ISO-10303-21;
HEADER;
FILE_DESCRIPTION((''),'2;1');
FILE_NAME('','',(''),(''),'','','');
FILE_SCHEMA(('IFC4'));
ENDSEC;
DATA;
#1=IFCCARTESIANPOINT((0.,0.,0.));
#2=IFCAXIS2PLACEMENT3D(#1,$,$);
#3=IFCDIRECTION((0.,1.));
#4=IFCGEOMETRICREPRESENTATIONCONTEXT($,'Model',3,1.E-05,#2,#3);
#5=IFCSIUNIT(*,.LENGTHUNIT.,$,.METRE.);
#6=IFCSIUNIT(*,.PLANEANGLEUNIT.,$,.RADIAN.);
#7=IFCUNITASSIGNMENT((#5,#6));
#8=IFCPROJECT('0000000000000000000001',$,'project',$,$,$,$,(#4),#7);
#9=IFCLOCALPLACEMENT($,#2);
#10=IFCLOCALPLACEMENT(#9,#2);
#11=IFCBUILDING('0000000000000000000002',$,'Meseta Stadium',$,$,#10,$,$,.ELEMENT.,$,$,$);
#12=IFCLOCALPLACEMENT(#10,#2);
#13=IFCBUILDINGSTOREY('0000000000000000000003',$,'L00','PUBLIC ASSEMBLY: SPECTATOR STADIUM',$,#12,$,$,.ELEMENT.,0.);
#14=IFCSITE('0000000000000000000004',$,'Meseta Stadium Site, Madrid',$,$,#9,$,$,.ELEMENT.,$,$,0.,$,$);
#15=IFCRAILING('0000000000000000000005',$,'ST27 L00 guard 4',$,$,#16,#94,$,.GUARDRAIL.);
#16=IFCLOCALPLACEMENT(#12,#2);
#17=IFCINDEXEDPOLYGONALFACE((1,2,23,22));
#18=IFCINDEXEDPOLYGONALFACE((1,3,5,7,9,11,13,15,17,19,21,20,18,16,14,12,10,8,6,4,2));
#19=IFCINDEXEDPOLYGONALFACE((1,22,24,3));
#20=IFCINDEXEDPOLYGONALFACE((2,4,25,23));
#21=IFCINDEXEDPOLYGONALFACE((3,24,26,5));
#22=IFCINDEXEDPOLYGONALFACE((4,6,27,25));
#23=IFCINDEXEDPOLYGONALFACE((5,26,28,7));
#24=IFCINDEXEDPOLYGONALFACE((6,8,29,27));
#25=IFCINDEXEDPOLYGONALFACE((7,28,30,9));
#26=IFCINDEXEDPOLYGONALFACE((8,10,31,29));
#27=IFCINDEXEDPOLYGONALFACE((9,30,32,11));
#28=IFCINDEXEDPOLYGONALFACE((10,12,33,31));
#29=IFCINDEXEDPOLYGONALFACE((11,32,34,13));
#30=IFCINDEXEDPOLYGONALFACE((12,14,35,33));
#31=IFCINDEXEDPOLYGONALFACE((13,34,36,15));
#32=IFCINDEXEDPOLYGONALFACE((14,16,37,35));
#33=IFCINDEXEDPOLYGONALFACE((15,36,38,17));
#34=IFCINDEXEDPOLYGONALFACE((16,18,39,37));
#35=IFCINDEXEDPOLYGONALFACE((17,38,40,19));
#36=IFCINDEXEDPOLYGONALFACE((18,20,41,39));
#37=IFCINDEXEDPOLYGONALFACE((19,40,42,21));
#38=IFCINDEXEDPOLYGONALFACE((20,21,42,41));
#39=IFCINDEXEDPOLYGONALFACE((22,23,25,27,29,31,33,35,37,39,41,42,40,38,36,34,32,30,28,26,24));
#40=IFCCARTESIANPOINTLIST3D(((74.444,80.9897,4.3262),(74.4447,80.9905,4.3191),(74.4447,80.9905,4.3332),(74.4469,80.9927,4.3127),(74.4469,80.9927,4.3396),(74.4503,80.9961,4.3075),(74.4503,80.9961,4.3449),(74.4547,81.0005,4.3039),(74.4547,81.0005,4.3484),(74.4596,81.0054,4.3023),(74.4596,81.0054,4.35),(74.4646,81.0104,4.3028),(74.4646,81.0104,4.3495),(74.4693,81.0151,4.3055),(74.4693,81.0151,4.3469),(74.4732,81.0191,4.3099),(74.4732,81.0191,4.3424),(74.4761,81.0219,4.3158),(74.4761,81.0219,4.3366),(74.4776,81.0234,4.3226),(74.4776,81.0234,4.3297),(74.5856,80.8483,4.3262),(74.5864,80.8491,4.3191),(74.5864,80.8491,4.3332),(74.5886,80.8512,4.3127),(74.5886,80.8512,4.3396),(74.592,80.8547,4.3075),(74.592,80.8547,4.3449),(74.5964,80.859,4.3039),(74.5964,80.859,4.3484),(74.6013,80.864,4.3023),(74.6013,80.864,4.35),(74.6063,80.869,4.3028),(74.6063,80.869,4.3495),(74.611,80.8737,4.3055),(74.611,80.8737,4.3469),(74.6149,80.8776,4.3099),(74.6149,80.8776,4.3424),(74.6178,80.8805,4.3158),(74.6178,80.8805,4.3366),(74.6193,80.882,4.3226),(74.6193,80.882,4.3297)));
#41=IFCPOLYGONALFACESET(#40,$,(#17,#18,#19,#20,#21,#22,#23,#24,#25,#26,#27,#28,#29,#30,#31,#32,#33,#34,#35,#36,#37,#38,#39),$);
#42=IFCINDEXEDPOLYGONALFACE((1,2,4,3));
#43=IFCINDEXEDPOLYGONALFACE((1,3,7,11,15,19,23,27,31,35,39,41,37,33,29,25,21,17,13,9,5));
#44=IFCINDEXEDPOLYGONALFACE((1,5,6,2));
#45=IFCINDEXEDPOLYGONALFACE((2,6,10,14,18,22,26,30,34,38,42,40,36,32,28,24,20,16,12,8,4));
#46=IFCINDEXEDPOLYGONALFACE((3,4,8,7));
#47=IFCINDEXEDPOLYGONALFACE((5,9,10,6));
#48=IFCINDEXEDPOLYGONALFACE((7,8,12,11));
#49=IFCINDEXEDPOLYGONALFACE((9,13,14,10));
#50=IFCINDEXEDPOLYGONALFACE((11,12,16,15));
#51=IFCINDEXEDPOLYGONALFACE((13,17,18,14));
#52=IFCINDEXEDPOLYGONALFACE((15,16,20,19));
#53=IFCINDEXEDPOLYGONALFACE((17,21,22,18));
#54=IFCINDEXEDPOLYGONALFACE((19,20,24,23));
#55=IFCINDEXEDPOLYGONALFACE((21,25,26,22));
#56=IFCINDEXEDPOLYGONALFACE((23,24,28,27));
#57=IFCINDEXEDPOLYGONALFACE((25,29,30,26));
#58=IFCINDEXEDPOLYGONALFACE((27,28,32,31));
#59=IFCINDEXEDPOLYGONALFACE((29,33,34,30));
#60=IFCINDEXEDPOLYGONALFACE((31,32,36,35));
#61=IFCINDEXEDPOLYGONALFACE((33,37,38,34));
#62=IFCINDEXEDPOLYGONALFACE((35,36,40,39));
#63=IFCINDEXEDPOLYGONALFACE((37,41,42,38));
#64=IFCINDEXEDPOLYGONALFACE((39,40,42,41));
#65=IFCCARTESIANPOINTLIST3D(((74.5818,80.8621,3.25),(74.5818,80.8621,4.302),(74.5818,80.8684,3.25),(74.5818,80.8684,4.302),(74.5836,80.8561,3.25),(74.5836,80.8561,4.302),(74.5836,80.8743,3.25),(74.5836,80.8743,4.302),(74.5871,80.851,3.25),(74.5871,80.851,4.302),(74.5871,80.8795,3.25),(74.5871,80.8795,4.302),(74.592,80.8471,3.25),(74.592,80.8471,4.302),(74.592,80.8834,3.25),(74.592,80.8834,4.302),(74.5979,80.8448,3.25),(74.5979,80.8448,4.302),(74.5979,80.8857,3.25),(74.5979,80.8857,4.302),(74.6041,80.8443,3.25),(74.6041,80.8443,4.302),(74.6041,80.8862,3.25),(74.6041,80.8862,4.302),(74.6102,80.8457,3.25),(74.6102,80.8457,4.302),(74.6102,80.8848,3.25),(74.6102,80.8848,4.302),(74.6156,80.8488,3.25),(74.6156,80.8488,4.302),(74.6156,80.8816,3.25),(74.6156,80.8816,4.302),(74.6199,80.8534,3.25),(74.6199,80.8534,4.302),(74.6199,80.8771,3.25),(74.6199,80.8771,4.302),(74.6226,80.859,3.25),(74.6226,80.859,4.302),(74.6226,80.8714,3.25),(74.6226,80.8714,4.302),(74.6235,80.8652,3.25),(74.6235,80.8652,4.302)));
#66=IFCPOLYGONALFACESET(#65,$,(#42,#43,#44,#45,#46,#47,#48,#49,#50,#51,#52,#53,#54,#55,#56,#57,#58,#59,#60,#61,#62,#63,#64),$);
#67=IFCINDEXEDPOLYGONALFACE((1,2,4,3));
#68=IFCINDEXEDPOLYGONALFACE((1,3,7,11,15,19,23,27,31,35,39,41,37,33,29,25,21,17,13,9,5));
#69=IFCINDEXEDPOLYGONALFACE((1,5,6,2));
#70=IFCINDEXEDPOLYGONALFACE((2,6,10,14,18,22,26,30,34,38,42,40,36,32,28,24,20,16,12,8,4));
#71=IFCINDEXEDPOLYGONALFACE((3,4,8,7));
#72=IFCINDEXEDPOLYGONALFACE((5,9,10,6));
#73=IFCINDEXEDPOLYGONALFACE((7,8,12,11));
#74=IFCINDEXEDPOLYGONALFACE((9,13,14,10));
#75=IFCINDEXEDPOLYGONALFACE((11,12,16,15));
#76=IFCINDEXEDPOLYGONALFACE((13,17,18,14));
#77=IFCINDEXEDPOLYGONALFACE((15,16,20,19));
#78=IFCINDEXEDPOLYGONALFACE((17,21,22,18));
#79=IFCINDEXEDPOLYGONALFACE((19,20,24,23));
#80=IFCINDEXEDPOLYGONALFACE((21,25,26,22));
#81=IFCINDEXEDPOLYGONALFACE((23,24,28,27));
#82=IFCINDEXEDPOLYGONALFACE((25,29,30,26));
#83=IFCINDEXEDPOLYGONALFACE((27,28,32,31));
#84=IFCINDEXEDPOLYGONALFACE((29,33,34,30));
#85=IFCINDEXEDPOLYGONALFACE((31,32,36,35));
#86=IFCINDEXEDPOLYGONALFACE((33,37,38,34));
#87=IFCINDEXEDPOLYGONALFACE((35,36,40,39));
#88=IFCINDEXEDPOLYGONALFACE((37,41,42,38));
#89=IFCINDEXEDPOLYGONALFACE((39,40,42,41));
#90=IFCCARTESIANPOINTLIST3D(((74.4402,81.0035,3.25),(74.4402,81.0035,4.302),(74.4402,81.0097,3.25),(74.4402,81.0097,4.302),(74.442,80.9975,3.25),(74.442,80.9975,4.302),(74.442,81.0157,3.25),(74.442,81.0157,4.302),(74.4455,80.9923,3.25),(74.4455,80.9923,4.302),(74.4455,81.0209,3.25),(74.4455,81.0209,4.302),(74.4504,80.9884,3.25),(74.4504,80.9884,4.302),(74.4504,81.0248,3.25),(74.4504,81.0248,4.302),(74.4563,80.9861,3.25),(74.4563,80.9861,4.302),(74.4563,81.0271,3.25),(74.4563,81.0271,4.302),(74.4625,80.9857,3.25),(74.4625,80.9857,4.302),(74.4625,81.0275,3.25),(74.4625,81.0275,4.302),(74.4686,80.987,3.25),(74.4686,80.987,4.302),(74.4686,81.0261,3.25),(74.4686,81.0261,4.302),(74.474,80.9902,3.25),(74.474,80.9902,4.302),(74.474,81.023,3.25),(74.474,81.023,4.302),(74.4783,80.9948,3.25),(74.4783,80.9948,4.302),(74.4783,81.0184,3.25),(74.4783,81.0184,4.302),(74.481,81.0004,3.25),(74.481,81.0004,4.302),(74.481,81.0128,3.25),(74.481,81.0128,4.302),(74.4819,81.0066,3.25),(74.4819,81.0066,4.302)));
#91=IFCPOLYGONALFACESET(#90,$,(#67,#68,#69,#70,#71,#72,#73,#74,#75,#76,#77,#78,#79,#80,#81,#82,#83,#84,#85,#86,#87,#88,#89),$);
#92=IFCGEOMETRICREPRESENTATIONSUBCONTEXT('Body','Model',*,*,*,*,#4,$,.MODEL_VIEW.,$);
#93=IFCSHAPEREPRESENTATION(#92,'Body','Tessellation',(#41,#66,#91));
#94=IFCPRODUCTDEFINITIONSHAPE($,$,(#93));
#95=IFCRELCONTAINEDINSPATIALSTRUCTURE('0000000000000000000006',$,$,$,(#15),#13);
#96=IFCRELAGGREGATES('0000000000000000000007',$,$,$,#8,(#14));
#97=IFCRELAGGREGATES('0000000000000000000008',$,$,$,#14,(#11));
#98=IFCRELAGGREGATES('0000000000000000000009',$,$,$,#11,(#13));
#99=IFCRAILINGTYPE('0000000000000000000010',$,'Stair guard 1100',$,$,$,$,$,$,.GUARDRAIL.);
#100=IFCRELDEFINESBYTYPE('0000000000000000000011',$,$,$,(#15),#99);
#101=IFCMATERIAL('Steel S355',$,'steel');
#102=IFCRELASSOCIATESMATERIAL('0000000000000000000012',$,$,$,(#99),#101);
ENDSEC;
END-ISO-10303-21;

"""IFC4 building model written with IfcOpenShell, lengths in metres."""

from ifc_helpers import new_model, si_unit, direction, frame, origin, origin_2d, place, context, subcontext, project, spatial, circle, extrude, material, type_object, element, save


model = new_model("IFC4")

# Units and contexts
model_context = context("Model", 3, precision=1e-05, world=origin(), true_north=direction((0.0, 1.0)))
body_context = subcontext(model_context, "Body", "Model", "MODEL_VIEW")
ifc_project = project(units=[si_unit("LENGTHUNIT", "METRE"), si_unit("PLANEANGLEUNIT", "RADIAN")], contexts=[model_context])

# Site, building, storey
site_placement = place(None, origin())
site = spatial("IfcSite", under=ifc_project, at=site_placement, Name="Meseta Stadium Site, Madrid", CompositionType="ELEMENT", RefElevation=0.0)
building_placement = place(site_placement, origin())
building = spatial("IfcBuilding", under=site, at=building_placement, Name="Meseta Stadium", CompositionType="ELEMENT")
storey_placement = place(building_placement, origin())
storey = spatial("IfcBuildingStorey", under=building, at=storey_placement, Name="L00", Description="PUBLIC ASSEMBLY: SPECTATOR STADIUM", CompositionType="ELEMENT", Elevation=0.0)

# Railing
ifc_material_1 = material(Name="Steel S355", Category="steel")
railing_type_1 = type_object("IfcRailingType", Name="Stair guard 1100", PredefinedType="GUARDRAIL", material=ifc_material_1)
railing_1_placement = place(storey_placement, frame((74.6025, 80.8652, 3.25)))
element("IfcRailing", 1, at=railing_1_placement, inside=storey, type_object=railing_type_1, Name="ST27 L00 guard 4", PredefinedType="GUARDRAIL", context=body_context, shape_type="SweptSolid", body=[
    extrude(circle(Radius=0.0239, at=origin_2d()), frame((0.0, 0.0, 1.0762), z_axis=(-0.707717, 0.706496, 0.0), x_axis=(-0.706496, -0.707717, 0.0)), (0.0, 0.0, 1.0), 0.2002),
    extrude(circle(Radius=0.021, at=origin_2d()), origin(), (0.0, 0.0, 1.0), 1.052),
    extrude(circle(Radius=0.021, at=origin_2d()), frame((-0.1416, 0.1414, 0.0)), (0.0, 0.0, 1.0), 1.052),
])

save(model, "model.ifc")
